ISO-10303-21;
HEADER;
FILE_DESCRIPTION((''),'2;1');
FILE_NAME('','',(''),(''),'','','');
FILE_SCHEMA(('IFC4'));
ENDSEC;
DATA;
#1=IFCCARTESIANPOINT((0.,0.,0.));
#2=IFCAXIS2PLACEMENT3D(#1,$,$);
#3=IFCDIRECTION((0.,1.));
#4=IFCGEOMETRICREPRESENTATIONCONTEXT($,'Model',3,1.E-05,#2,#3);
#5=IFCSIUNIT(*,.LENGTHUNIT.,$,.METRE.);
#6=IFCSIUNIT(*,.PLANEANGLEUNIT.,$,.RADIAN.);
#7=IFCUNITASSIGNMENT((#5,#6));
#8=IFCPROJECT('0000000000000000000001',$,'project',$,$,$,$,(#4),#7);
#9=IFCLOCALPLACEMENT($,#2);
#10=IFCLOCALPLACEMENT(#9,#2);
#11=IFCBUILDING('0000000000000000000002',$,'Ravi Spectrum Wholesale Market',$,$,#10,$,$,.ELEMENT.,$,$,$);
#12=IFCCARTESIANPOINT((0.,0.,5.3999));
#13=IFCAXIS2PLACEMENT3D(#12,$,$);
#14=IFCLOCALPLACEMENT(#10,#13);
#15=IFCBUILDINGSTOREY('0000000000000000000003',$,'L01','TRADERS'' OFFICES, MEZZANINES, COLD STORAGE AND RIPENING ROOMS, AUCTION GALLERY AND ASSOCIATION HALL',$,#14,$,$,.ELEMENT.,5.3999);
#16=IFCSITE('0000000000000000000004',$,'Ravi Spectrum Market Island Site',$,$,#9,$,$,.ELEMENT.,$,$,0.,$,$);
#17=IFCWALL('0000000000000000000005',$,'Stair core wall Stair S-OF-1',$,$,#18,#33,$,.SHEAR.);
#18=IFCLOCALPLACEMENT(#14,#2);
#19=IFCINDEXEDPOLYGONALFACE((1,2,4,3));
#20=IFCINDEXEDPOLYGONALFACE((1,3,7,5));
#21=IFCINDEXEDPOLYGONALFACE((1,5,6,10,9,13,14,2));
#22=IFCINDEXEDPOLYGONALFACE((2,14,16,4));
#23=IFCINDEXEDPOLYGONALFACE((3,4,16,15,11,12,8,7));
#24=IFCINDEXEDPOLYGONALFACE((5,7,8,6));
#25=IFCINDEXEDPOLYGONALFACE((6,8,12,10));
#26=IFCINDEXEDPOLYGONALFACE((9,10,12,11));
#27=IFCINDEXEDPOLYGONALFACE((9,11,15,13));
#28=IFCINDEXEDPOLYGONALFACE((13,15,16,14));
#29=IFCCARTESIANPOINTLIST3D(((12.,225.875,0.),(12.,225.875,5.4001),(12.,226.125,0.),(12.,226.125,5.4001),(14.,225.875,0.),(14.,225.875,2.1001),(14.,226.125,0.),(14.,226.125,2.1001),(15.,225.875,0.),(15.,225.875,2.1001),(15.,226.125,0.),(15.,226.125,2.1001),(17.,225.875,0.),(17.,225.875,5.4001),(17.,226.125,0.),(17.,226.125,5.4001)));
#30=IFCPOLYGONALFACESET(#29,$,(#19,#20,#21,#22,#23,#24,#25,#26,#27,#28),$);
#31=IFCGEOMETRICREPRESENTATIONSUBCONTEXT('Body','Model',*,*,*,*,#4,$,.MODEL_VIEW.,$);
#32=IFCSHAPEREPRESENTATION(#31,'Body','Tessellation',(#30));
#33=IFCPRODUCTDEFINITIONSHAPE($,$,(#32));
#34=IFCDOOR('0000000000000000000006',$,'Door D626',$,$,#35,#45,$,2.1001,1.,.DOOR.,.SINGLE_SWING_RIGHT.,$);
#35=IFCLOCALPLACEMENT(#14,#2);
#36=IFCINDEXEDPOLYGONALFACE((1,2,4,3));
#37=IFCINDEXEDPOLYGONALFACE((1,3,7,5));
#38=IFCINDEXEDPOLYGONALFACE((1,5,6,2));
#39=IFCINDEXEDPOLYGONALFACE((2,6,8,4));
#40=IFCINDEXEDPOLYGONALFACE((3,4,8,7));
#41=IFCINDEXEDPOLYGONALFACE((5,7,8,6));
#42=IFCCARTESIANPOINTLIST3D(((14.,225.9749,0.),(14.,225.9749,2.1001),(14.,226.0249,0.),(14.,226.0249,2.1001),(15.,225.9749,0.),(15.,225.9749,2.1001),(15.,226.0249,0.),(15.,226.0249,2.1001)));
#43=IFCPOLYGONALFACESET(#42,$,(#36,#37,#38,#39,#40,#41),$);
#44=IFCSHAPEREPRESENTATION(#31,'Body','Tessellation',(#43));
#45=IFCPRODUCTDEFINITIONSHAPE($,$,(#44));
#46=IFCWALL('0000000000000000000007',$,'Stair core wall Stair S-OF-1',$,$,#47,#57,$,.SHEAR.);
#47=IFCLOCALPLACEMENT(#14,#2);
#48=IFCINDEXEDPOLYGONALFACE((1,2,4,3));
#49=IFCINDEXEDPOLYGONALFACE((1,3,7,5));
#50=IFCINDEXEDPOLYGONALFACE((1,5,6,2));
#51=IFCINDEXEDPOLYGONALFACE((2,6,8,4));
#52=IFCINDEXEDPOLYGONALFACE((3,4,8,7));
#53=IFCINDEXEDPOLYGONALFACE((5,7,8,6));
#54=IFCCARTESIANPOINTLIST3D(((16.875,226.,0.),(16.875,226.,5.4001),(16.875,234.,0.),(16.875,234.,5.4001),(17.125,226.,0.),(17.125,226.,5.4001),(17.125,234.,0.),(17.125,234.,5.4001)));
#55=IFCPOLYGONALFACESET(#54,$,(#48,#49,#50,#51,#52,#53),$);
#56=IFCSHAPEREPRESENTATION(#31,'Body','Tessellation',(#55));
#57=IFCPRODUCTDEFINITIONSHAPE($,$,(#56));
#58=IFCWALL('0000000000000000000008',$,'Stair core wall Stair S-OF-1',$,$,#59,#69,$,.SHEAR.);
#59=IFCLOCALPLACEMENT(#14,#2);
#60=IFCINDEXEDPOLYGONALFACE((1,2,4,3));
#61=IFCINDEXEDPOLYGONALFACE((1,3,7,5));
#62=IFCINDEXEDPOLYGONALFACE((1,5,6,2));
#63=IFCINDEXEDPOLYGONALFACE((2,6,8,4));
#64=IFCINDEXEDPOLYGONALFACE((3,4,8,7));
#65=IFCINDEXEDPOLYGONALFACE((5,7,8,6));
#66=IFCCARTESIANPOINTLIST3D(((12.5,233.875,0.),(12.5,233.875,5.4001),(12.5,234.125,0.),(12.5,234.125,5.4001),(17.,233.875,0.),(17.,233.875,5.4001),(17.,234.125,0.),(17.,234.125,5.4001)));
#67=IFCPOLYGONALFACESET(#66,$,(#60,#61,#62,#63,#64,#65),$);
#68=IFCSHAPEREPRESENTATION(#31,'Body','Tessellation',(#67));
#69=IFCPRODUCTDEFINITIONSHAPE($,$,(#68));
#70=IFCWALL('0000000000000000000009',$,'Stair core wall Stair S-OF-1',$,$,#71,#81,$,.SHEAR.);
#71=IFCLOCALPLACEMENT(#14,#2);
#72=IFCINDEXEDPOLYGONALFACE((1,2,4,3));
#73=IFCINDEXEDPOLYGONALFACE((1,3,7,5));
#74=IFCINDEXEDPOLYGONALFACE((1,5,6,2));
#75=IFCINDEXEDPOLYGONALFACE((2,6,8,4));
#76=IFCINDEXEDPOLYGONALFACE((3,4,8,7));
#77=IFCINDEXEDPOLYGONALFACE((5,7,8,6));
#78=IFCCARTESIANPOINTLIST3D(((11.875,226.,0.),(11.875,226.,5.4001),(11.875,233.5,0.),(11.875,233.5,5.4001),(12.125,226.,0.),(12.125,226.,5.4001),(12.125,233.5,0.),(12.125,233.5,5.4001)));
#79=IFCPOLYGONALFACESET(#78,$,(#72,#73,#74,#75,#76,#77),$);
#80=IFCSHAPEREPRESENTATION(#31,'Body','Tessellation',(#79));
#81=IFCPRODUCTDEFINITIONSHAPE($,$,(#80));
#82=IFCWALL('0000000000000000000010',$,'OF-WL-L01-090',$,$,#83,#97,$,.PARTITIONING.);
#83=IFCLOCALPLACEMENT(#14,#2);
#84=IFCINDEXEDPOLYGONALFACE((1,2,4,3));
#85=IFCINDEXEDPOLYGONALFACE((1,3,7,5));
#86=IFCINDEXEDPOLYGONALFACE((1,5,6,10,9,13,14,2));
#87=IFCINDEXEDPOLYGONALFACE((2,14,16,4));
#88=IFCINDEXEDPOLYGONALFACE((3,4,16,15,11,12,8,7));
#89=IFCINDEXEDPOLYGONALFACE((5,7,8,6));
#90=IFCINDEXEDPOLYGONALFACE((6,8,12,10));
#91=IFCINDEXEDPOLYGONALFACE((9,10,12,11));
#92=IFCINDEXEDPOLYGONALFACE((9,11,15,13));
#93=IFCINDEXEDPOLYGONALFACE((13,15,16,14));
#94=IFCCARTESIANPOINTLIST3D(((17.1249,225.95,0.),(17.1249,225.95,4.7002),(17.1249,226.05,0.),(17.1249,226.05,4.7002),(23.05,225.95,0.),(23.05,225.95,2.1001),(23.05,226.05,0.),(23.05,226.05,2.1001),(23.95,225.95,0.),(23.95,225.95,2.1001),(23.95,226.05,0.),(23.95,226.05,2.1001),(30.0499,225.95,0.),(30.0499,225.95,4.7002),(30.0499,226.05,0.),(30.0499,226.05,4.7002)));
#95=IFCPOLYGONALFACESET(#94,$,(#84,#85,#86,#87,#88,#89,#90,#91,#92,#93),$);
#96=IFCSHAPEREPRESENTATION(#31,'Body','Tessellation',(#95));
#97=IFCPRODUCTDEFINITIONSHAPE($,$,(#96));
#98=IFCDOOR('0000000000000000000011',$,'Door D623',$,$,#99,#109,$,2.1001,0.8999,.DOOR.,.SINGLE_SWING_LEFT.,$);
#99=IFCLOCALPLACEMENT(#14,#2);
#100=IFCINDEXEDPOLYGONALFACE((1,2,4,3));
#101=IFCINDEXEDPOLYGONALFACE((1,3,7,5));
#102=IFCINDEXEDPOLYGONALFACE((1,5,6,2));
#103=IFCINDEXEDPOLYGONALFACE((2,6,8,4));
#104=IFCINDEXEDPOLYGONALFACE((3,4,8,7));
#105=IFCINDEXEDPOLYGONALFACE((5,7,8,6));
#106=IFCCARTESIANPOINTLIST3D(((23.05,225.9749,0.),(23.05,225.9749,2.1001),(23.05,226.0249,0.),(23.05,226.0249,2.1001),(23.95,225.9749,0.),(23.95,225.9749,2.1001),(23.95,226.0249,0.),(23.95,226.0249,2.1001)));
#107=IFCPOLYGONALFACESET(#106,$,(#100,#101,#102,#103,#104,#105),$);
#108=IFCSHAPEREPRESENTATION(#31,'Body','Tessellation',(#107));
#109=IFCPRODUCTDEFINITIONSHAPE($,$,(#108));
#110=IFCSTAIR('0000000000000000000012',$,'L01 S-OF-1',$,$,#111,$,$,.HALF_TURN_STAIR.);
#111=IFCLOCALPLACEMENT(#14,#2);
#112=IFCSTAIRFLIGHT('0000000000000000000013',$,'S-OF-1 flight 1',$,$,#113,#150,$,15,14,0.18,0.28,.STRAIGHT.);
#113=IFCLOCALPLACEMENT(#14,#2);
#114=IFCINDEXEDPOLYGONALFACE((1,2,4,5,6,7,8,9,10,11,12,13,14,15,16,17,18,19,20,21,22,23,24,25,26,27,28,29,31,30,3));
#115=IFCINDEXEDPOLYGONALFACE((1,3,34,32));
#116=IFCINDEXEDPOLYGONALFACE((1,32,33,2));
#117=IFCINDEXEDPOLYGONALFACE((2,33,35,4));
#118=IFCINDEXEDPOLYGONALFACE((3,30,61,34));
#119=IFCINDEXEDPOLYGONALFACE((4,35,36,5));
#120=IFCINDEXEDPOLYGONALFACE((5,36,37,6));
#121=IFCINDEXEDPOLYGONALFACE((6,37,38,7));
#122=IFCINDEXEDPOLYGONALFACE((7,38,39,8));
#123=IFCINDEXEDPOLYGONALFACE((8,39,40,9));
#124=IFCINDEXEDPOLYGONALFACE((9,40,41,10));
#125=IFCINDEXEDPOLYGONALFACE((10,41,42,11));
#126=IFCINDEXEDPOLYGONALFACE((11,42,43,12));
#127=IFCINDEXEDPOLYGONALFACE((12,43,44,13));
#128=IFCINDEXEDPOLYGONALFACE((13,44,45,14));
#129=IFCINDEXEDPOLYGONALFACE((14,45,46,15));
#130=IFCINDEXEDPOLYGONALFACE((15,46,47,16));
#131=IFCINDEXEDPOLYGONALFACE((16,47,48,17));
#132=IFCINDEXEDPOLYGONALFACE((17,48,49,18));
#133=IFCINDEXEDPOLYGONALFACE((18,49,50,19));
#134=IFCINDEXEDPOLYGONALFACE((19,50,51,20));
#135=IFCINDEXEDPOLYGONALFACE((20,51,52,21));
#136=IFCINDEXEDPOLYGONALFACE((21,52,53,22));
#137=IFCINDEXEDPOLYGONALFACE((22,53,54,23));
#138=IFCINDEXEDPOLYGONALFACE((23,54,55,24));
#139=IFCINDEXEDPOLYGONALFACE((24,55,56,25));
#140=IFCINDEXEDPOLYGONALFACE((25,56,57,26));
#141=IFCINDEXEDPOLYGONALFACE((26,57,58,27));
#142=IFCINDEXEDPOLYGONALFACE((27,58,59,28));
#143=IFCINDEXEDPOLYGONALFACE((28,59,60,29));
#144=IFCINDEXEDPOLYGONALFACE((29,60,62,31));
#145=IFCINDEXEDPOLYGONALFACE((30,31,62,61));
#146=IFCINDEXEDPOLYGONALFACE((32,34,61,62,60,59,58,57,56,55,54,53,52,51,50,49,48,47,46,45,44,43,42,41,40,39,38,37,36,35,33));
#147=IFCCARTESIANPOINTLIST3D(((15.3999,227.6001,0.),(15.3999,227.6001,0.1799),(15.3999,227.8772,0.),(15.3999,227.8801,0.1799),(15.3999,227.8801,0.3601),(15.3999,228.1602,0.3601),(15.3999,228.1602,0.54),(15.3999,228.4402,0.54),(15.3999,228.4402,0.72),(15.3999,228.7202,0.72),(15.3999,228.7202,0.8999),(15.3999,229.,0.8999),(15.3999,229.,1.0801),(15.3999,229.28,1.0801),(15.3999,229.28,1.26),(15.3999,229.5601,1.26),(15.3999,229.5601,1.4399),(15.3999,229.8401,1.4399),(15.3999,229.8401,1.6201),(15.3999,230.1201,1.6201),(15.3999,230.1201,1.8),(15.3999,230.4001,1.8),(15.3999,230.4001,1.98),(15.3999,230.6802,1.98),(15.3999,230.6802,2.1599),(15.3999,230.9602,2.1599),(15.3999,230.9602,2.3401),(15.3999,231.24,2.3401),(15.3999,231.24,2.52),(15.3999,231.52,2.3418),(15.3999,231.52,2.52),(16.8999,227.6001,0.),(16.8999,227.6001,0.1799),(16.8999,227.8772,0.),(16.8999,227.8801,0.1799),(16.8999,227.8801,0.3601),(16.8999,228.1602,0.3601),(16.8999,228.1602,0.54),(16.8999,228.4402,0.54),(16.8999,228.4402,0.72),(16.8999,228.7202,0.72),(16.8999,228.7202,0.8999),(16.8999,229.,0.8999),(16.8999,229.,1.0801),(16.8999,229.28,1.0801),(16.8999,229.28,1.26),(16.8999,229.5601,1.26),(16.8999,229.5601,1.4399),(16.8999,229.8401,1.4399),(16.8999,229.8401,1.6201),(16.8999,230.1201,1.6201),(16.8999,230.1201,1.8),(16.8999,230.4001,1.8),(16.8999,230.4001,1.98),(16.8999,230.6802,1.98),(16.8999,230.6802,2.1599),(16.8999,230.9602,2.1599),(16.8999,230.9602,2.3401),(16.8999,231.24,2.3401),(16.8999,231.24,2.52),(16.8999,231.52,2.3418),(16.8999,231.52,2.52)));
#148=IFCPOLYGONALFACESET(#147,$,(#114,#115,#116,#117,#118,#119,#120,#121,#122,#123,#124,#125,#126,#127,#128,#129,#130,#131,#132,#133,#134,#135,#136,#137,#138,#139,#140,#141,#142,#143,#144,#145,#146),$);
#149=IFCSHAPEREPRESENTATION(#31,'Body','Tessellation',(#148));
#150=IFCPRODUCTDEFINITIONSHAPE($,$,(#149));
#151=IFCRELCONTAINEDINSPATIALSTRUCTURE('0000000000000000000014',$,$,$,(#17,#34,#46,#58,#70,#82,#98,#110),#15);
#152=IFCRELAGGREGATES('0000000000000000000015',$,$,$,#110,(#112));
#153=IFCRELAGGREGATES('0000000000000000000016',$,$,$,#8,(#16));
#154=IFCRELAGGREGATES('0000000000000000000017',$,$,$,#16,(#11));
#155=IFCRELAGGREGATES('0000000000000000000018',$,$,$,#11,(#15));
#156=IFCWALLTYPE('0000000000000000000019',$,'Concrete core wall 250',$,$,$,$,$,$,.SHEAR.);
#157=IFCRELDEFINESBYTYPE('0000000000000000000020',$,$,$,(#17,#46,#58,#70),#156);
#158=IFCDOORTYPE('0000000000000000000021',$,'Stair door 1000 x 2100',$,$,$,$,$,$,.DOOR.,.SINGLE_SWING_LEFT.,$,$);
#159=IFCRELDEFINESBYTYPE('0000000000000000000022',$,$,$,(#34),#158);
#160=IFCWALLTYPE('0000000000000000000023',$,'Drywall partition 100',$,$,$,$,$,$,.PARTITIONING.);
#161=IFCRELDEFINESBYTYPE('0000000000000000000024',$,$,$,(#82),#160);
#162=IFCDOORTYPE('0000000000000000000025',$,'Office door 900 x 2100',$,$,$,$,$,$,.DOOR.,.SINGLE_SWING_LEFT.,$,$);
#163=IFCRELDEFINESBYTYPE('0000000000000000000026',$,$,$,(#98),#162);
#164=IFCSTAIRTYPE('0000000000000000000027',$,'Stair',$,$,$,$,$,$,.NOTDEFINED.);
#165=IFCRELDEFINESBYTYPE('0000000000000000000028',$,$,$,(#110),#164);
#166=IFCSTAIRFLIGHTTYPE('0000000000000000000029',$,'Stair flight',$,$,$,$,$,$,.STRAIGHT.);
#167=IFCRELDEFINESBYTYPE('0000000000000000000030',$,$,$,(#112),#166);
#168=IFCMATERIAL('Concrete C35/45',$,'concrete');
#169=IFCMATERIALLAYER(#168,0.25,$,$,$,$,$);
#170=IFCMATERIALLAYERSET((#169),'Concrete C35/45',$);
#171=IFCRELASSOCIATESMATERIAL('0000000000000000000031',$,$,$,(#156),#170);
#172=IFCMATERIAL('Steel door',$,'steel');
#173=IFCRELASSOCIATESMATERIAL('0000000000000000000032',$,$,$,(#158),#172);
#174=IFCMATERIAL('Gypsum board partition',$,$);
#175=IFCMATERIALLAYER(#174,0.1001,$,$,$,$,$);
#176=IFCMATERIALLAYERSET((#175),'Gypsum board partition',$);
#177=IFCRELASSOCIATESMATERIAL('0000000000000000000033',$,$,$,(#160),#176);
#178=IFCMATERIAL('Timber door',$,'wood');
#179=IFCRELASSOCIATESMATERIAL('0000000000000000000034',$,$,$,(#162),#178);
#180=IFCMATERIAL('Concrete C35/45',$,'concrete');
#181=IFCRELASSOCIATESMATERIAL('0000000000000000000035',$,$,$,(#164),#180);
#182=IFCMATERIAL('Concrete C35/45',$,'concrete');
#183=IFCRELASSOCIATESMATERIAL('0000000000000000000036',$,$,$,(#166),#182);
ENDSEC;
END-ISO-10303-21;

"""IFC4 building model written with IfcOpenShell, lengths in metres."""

from ifc_helpers import new_model, si_unit, direction, frame, frame_2d, origin, place, context, subcontext, project, spatial, polyline, rectangle, outline, extrude, material, layer, layer_set, type_object, element, fill, aggregate, save


model = new_model("IFC4")

# Units and contexts
model_context = context("Model", 3, precision=1e-05, world=origin(), true_north=direction((0.0, 1.0)))
body_context = subcontext(model_context, "Body", "Model", "MODEL_VIEW")
ifc_project = project(units=[si_unit("LENGTHUNIT", "METRE"), si_unit("PLANEANGLEUNIT", "RADIAN")], contexts=[model_context])

# Site, building, storey
site_placement = place(None, origin())
site = spatial("IfcSite", under=ifc_project, at=site_placement, Name="Ravi Spectrum Market Island Site", CompositionType="ELEMENT", RefElevation=0.0)
building_placement = place(site_placement, origin())
building = spatial("IfcBuilding", under=site, at=building_placement, Name="Ravi Spectrum Wholesale Market", CompositionType="ELEMENT")
storey_placement = place(building_placement, frame((0.0, 0.0, 5.3999)))
storey = spatial("IfcBuildingStorey", under=building, at=storey_placement, Name="L01", Description="TRADERS' OFFICES, MEZZANINES, COLD STORAGE AND RIPENING ROOMS, AUCTION GALLERY AND ASSOCIATION HALL", CompositionType="ELEMENT", Elevation=5.3999)

# Wall, opening, door
ifc_material_1 = material(Name="Concrete C35/45", Category="concrete")
ifc_layer_1 = layer(ifc_material_1, 0.25)
ifc_layer_set_1 = layer_set([ifc_layer_1], Name="Concrete C35/45")
wall_type_1 = type_object("IfcWallType", Name="Concrete core wall 250", PredefinedType="SHEAR", material=ifc_layer_set_1)
wall_1_placement = place(storey_placement, frame((12.0, 226.0, 0.0), z_axis=(0.0, 0.0, 1.0), x_axis=(1.0, 0.0, 0.0)))
wall_1 = element("IfcWall", 1, at=wall_1_placement, inside=storey, type_object=wall_type_1, Name="Stair core wall Stair S-OF-1", PredefinedType="SHEAR", context=body_context, shape_type="SweptSolid", body=[
    extrude(rectangle(XDim=5.0, YDim=0.25, at=frame_2d((2.5, 0.0))), origin(), (0.0, 0.0, 1.0), 5.4001),
])
opening_1_placement = place(wall_1_placement, frame((2.0, 0.0, 0.0)))
opening_1 = element("IfcOpeningElement", 2, at=opening_1_placement, cuts=wall_1, PredefinedType="OPENING", context=body_context, shape_type="SweptSolid", body=[
    extrude(rectangle(XDim=1.0, YDim=2.1001, at=frame_2d((0.5, 1.05))), frame((0.0, 0.135, 0.0), z_axis=(0.0, -1.0, 0.0), x_axis=(1.0, 0.0, 0.0)), (0.0, 0.0, 1.0), 0.27),
])
ifc_material_2 = material(Name="Steel door", Category="steel")
door_type_1 = type_object("IfcDoorType", Name="Stair door 1000 x 2100", OperationType="SINGLE_SWING_LEFT", PredefinedType="DOOR", material=ifc_material_2)
door_1_placement = place(opening_1_placement, origin())
door_1 = element("IfcDoor", 3, at=door_1_placement, inside=storey, type_object=door_type_1, Name="Door D626", OperationType="SINGLE_SWING_RIGHT", OverallHeight=2.1001, OverallWidth=1.0, PredefinedType="DOOR", context=body_context, shape_type="SweptSolid", body=[
    extrude(rectangle(XDim=1.0, YDim=2.1001, at=frame_2d((0.5, 1.05))), frame((0.0, 0.0249, 0.0), z_axis=(0.0, -1.0, 0.0), x_axis=(1.0, 0.0, 0.0)), (0.0, 0.0, 1.0), 0.05),
])
fill(opening_1, door_1)

# Walls
wall_2_placement = place(storey_placement, frame((17.0, 226.0, 0.0), z_axis=(0.0, 0.0, 1.0), x_axis=(0.0, 1.0, 0.0)))
element("IfcWall", 4, at=wall_2_placement, inside=storey, type_object=wall_type_1, Name="Stair core wall Stair S-OF-1", PredefinedType="SHEAR", context=body_context, shape_type="SweptSolid", body=[
    extrude(rectangle(XDim=8.0, YDim=0.25, at=frame_2d((4.0, 0.0))), origin(), (0.0, 0.0, 1.0), 5.4001),
])
wall_3_placement = place(storey_placement, frame((12.5, 234.0, 0.0), z_axis=(0.0, 0.0, 1.0), x_axis=(1.0, 0.0, 0.0)))
element("IfcWall", 5, at=wall_3_placement, inside=storey, type_object=wall_type_1, Name="Stair core wall Stair S-OF-1", PredefinedType="SHEAR", context=body_context, shape_type="SweptSolid", body=[
    extrude(rectangle(XDim=4.5, YDim=0.25, at=frame_2d((2.25, 0.0))), origin(), (0.0, 0.0, 1.0), 5.4001),
])
wall_4_placement = place(storey_placement, frame((12.0, 226.0, 0.0), z_axis=(0.0, 0.0, 1.0), x_axis=(0.0, 1.0, 0.0)))
element("IfcWall", 6, at=wall_4_placement, inside=storey, type_object=wall_type_1, Name="Stair core wall Stair S-OF-1", PredefinedType="SHEAR", context=body_context, shape_type="SweptSolid", body=[
    extrude(rectangle(XDim=7.5, YDim=0.25, at=frame_2d((3.75, 0.0))), origin(), (0.0, 0.0, 1.0), 5.4001),
])

# Wall, opening, door
ifc_material_3 = material(Name="Gypsum board partition")
ifc_layer_2 = layer(ifc_material_3, 0.1001)
ifc_layer_set_2 = layer_set([ifc_layer_2], Name="Gypsum board partition")
wall_type_2 = type_object("IfcWallType", Name="Drywall partition 100", PredefinedType="PARTITIONING", material=ifc_layer_set_2)
wall_5_placement = place(storey_placement, frame((17.125, 226.0, 0.0), z_axis=(0.0, 0.0, 1.0), x_axis=(1.0, 0.0, 0.0)))
wall_5 = element("IfcWall", 7, at=wall_5_placement, inside=storey, type_object=wall_type_2, Name="OF-WL-L01-090", PredefinedType="PARTITIONING", context=body_context, shape_type="SweptSolid", body=[
    extrude(rectangle(XDim=12.925, YDim=0.1001, at=frame_2d((6.4624, 0.0))), origin(), (0.0, 0.0, 1.0), 4.7002),
])
opening_2_placement = place(wall_5_placement, frame((5.925, 0.0, 0.0)))
opening_2 = element("IfcOpeningElement", 8, at=opening_2_placement, cuts=wall_5, PredefinedType="OPENING", context=body_context, shape_type="SweptSolid", body=[
    extrude(rectangle(XDim=0.8999, YDim=2.1001, at=frame_2d((0.45, 1.05))), frame((0.0, 0.0601, 0.0), z_axis=(0.0, -1.0, 0.0), x_axis=(1.0, 0.0, 0.0)), (0.0, 0.0, 1.0), 0.1201),
])
ifc_material_4 = material(Name="Timber door", Category="wood")
door_type_2 = type_object("IfcDoorType", Name="Office door 900 x 2100", OperationType="SINGLE_SWING_LEFT", PredefinedType="DOOR", material=ifc_material_4)
door_2_placement = place(opening_2_placement, origin())
door_2 = element("IfcDoor", 9, at=door_2_placement, inside=storey, type_object=door_type_2, Name="Door D623", OperationType="SINGLE_SWING_LEFT", OverallHeight=2.1001, OverallWidth=0.8999, PredefinedType="DOOR", context=body_context, shape_type="SweptSolid", body=[
    extrude(rectangle(XDim=0.8999, YDim=2.1001, at=frame_2d((0.45, 1.05))), frame((0.0, 0.0249, 0.0), z_axis=(0.0, -1.0, 0.0), x_axis=(1.0, 0.0, 0.0)), (0.0, 0.0, 1.0), 0.05),
])
fill(opening_2, door_2)

# Stair, stair flight
ifc_material_5 = material(Name="Concrete C35/45", Category="concrete")
stair_type = type_object("IfcStairType", Name="Stair", PredefinedType="NOTDEFINED", material=ifc_material_5)
stair_placement = place(storey_placement, origin())
stair = element("IfcStair", 10, at=stair_placement, inside=storey, type_object=stair_type, Name="L01 S-OF-1", PredefinedType="HALF_TURN_STAIR")
ifc_material_6 = material(Name="Concrete C35/45", Category="concrete")
stair_flight_type = type_object("IfcStairFlightType", Name="Stair flight", PredefinedType="STRAIGHT", material=ifc_material_6)
stair_flight_1_placement = place(storey_placement, frame((16.1499, 227.6001, 0.0), z_axis=(0.0, 0.0, 1.0), x_axis=(0.0, 1.0, 0.0)))
stair_flight_1 = element("IfcStairFlight", 11, at=stair_flight_1_placement, type_object=stair_flight_type, Name="S-OF-1 flight 1", NumberOfRisers=15, NumberOfTreads=14, PredefinedType="STRAIGHT", RiserHeight=0.18, TreadLength=0.28, context=body_context, shape_type="SweptSolid", body=[
    extrude(outline(polyline([(0.0, 0.0), (0.0, 0.1799), (0.28, 0.1799), (0.28, 0.3601), (0.5601, 0.3601), (0.5601, 0.54), (0.8401, 0.54), (0.8401, 0.72), (1.1201, 0.72), (1.1201, 0.8999), (1.3999, 0.8999), (1.3999, 1.0801), (1.6799, 1.0801), (1.6799, 1.26), (1.96, 1.26), (1.96, 1.4399), (2.24, 1.4399), (2.24, 1.6201), (2.52, 1.6201), (2.52, 1.8), (2.8, 1.8), (2.8, 1.98), (3.0801, 1.98), (3.0801, 2.1599), (3.3601, 2.1599), (3.3601, 2.3401), (3.6399, 2.3401), (3.6399, 2.52), (3.9199, 2.52), (3.9199, 2.7), (3.9199, 2.3418), (0.2771, 0.0), (0.0, 0.0)])), frame((0.0, 0.75, 0.0), z_axis=(0.0, -1.0, 0.0), x_axis=(1.0, 0.0, 0.0)), (0.0, 0.0, 1.0), 1.5),
])
aggregate(stair, [stair_flight_1])

save(model, "model.ifc")
